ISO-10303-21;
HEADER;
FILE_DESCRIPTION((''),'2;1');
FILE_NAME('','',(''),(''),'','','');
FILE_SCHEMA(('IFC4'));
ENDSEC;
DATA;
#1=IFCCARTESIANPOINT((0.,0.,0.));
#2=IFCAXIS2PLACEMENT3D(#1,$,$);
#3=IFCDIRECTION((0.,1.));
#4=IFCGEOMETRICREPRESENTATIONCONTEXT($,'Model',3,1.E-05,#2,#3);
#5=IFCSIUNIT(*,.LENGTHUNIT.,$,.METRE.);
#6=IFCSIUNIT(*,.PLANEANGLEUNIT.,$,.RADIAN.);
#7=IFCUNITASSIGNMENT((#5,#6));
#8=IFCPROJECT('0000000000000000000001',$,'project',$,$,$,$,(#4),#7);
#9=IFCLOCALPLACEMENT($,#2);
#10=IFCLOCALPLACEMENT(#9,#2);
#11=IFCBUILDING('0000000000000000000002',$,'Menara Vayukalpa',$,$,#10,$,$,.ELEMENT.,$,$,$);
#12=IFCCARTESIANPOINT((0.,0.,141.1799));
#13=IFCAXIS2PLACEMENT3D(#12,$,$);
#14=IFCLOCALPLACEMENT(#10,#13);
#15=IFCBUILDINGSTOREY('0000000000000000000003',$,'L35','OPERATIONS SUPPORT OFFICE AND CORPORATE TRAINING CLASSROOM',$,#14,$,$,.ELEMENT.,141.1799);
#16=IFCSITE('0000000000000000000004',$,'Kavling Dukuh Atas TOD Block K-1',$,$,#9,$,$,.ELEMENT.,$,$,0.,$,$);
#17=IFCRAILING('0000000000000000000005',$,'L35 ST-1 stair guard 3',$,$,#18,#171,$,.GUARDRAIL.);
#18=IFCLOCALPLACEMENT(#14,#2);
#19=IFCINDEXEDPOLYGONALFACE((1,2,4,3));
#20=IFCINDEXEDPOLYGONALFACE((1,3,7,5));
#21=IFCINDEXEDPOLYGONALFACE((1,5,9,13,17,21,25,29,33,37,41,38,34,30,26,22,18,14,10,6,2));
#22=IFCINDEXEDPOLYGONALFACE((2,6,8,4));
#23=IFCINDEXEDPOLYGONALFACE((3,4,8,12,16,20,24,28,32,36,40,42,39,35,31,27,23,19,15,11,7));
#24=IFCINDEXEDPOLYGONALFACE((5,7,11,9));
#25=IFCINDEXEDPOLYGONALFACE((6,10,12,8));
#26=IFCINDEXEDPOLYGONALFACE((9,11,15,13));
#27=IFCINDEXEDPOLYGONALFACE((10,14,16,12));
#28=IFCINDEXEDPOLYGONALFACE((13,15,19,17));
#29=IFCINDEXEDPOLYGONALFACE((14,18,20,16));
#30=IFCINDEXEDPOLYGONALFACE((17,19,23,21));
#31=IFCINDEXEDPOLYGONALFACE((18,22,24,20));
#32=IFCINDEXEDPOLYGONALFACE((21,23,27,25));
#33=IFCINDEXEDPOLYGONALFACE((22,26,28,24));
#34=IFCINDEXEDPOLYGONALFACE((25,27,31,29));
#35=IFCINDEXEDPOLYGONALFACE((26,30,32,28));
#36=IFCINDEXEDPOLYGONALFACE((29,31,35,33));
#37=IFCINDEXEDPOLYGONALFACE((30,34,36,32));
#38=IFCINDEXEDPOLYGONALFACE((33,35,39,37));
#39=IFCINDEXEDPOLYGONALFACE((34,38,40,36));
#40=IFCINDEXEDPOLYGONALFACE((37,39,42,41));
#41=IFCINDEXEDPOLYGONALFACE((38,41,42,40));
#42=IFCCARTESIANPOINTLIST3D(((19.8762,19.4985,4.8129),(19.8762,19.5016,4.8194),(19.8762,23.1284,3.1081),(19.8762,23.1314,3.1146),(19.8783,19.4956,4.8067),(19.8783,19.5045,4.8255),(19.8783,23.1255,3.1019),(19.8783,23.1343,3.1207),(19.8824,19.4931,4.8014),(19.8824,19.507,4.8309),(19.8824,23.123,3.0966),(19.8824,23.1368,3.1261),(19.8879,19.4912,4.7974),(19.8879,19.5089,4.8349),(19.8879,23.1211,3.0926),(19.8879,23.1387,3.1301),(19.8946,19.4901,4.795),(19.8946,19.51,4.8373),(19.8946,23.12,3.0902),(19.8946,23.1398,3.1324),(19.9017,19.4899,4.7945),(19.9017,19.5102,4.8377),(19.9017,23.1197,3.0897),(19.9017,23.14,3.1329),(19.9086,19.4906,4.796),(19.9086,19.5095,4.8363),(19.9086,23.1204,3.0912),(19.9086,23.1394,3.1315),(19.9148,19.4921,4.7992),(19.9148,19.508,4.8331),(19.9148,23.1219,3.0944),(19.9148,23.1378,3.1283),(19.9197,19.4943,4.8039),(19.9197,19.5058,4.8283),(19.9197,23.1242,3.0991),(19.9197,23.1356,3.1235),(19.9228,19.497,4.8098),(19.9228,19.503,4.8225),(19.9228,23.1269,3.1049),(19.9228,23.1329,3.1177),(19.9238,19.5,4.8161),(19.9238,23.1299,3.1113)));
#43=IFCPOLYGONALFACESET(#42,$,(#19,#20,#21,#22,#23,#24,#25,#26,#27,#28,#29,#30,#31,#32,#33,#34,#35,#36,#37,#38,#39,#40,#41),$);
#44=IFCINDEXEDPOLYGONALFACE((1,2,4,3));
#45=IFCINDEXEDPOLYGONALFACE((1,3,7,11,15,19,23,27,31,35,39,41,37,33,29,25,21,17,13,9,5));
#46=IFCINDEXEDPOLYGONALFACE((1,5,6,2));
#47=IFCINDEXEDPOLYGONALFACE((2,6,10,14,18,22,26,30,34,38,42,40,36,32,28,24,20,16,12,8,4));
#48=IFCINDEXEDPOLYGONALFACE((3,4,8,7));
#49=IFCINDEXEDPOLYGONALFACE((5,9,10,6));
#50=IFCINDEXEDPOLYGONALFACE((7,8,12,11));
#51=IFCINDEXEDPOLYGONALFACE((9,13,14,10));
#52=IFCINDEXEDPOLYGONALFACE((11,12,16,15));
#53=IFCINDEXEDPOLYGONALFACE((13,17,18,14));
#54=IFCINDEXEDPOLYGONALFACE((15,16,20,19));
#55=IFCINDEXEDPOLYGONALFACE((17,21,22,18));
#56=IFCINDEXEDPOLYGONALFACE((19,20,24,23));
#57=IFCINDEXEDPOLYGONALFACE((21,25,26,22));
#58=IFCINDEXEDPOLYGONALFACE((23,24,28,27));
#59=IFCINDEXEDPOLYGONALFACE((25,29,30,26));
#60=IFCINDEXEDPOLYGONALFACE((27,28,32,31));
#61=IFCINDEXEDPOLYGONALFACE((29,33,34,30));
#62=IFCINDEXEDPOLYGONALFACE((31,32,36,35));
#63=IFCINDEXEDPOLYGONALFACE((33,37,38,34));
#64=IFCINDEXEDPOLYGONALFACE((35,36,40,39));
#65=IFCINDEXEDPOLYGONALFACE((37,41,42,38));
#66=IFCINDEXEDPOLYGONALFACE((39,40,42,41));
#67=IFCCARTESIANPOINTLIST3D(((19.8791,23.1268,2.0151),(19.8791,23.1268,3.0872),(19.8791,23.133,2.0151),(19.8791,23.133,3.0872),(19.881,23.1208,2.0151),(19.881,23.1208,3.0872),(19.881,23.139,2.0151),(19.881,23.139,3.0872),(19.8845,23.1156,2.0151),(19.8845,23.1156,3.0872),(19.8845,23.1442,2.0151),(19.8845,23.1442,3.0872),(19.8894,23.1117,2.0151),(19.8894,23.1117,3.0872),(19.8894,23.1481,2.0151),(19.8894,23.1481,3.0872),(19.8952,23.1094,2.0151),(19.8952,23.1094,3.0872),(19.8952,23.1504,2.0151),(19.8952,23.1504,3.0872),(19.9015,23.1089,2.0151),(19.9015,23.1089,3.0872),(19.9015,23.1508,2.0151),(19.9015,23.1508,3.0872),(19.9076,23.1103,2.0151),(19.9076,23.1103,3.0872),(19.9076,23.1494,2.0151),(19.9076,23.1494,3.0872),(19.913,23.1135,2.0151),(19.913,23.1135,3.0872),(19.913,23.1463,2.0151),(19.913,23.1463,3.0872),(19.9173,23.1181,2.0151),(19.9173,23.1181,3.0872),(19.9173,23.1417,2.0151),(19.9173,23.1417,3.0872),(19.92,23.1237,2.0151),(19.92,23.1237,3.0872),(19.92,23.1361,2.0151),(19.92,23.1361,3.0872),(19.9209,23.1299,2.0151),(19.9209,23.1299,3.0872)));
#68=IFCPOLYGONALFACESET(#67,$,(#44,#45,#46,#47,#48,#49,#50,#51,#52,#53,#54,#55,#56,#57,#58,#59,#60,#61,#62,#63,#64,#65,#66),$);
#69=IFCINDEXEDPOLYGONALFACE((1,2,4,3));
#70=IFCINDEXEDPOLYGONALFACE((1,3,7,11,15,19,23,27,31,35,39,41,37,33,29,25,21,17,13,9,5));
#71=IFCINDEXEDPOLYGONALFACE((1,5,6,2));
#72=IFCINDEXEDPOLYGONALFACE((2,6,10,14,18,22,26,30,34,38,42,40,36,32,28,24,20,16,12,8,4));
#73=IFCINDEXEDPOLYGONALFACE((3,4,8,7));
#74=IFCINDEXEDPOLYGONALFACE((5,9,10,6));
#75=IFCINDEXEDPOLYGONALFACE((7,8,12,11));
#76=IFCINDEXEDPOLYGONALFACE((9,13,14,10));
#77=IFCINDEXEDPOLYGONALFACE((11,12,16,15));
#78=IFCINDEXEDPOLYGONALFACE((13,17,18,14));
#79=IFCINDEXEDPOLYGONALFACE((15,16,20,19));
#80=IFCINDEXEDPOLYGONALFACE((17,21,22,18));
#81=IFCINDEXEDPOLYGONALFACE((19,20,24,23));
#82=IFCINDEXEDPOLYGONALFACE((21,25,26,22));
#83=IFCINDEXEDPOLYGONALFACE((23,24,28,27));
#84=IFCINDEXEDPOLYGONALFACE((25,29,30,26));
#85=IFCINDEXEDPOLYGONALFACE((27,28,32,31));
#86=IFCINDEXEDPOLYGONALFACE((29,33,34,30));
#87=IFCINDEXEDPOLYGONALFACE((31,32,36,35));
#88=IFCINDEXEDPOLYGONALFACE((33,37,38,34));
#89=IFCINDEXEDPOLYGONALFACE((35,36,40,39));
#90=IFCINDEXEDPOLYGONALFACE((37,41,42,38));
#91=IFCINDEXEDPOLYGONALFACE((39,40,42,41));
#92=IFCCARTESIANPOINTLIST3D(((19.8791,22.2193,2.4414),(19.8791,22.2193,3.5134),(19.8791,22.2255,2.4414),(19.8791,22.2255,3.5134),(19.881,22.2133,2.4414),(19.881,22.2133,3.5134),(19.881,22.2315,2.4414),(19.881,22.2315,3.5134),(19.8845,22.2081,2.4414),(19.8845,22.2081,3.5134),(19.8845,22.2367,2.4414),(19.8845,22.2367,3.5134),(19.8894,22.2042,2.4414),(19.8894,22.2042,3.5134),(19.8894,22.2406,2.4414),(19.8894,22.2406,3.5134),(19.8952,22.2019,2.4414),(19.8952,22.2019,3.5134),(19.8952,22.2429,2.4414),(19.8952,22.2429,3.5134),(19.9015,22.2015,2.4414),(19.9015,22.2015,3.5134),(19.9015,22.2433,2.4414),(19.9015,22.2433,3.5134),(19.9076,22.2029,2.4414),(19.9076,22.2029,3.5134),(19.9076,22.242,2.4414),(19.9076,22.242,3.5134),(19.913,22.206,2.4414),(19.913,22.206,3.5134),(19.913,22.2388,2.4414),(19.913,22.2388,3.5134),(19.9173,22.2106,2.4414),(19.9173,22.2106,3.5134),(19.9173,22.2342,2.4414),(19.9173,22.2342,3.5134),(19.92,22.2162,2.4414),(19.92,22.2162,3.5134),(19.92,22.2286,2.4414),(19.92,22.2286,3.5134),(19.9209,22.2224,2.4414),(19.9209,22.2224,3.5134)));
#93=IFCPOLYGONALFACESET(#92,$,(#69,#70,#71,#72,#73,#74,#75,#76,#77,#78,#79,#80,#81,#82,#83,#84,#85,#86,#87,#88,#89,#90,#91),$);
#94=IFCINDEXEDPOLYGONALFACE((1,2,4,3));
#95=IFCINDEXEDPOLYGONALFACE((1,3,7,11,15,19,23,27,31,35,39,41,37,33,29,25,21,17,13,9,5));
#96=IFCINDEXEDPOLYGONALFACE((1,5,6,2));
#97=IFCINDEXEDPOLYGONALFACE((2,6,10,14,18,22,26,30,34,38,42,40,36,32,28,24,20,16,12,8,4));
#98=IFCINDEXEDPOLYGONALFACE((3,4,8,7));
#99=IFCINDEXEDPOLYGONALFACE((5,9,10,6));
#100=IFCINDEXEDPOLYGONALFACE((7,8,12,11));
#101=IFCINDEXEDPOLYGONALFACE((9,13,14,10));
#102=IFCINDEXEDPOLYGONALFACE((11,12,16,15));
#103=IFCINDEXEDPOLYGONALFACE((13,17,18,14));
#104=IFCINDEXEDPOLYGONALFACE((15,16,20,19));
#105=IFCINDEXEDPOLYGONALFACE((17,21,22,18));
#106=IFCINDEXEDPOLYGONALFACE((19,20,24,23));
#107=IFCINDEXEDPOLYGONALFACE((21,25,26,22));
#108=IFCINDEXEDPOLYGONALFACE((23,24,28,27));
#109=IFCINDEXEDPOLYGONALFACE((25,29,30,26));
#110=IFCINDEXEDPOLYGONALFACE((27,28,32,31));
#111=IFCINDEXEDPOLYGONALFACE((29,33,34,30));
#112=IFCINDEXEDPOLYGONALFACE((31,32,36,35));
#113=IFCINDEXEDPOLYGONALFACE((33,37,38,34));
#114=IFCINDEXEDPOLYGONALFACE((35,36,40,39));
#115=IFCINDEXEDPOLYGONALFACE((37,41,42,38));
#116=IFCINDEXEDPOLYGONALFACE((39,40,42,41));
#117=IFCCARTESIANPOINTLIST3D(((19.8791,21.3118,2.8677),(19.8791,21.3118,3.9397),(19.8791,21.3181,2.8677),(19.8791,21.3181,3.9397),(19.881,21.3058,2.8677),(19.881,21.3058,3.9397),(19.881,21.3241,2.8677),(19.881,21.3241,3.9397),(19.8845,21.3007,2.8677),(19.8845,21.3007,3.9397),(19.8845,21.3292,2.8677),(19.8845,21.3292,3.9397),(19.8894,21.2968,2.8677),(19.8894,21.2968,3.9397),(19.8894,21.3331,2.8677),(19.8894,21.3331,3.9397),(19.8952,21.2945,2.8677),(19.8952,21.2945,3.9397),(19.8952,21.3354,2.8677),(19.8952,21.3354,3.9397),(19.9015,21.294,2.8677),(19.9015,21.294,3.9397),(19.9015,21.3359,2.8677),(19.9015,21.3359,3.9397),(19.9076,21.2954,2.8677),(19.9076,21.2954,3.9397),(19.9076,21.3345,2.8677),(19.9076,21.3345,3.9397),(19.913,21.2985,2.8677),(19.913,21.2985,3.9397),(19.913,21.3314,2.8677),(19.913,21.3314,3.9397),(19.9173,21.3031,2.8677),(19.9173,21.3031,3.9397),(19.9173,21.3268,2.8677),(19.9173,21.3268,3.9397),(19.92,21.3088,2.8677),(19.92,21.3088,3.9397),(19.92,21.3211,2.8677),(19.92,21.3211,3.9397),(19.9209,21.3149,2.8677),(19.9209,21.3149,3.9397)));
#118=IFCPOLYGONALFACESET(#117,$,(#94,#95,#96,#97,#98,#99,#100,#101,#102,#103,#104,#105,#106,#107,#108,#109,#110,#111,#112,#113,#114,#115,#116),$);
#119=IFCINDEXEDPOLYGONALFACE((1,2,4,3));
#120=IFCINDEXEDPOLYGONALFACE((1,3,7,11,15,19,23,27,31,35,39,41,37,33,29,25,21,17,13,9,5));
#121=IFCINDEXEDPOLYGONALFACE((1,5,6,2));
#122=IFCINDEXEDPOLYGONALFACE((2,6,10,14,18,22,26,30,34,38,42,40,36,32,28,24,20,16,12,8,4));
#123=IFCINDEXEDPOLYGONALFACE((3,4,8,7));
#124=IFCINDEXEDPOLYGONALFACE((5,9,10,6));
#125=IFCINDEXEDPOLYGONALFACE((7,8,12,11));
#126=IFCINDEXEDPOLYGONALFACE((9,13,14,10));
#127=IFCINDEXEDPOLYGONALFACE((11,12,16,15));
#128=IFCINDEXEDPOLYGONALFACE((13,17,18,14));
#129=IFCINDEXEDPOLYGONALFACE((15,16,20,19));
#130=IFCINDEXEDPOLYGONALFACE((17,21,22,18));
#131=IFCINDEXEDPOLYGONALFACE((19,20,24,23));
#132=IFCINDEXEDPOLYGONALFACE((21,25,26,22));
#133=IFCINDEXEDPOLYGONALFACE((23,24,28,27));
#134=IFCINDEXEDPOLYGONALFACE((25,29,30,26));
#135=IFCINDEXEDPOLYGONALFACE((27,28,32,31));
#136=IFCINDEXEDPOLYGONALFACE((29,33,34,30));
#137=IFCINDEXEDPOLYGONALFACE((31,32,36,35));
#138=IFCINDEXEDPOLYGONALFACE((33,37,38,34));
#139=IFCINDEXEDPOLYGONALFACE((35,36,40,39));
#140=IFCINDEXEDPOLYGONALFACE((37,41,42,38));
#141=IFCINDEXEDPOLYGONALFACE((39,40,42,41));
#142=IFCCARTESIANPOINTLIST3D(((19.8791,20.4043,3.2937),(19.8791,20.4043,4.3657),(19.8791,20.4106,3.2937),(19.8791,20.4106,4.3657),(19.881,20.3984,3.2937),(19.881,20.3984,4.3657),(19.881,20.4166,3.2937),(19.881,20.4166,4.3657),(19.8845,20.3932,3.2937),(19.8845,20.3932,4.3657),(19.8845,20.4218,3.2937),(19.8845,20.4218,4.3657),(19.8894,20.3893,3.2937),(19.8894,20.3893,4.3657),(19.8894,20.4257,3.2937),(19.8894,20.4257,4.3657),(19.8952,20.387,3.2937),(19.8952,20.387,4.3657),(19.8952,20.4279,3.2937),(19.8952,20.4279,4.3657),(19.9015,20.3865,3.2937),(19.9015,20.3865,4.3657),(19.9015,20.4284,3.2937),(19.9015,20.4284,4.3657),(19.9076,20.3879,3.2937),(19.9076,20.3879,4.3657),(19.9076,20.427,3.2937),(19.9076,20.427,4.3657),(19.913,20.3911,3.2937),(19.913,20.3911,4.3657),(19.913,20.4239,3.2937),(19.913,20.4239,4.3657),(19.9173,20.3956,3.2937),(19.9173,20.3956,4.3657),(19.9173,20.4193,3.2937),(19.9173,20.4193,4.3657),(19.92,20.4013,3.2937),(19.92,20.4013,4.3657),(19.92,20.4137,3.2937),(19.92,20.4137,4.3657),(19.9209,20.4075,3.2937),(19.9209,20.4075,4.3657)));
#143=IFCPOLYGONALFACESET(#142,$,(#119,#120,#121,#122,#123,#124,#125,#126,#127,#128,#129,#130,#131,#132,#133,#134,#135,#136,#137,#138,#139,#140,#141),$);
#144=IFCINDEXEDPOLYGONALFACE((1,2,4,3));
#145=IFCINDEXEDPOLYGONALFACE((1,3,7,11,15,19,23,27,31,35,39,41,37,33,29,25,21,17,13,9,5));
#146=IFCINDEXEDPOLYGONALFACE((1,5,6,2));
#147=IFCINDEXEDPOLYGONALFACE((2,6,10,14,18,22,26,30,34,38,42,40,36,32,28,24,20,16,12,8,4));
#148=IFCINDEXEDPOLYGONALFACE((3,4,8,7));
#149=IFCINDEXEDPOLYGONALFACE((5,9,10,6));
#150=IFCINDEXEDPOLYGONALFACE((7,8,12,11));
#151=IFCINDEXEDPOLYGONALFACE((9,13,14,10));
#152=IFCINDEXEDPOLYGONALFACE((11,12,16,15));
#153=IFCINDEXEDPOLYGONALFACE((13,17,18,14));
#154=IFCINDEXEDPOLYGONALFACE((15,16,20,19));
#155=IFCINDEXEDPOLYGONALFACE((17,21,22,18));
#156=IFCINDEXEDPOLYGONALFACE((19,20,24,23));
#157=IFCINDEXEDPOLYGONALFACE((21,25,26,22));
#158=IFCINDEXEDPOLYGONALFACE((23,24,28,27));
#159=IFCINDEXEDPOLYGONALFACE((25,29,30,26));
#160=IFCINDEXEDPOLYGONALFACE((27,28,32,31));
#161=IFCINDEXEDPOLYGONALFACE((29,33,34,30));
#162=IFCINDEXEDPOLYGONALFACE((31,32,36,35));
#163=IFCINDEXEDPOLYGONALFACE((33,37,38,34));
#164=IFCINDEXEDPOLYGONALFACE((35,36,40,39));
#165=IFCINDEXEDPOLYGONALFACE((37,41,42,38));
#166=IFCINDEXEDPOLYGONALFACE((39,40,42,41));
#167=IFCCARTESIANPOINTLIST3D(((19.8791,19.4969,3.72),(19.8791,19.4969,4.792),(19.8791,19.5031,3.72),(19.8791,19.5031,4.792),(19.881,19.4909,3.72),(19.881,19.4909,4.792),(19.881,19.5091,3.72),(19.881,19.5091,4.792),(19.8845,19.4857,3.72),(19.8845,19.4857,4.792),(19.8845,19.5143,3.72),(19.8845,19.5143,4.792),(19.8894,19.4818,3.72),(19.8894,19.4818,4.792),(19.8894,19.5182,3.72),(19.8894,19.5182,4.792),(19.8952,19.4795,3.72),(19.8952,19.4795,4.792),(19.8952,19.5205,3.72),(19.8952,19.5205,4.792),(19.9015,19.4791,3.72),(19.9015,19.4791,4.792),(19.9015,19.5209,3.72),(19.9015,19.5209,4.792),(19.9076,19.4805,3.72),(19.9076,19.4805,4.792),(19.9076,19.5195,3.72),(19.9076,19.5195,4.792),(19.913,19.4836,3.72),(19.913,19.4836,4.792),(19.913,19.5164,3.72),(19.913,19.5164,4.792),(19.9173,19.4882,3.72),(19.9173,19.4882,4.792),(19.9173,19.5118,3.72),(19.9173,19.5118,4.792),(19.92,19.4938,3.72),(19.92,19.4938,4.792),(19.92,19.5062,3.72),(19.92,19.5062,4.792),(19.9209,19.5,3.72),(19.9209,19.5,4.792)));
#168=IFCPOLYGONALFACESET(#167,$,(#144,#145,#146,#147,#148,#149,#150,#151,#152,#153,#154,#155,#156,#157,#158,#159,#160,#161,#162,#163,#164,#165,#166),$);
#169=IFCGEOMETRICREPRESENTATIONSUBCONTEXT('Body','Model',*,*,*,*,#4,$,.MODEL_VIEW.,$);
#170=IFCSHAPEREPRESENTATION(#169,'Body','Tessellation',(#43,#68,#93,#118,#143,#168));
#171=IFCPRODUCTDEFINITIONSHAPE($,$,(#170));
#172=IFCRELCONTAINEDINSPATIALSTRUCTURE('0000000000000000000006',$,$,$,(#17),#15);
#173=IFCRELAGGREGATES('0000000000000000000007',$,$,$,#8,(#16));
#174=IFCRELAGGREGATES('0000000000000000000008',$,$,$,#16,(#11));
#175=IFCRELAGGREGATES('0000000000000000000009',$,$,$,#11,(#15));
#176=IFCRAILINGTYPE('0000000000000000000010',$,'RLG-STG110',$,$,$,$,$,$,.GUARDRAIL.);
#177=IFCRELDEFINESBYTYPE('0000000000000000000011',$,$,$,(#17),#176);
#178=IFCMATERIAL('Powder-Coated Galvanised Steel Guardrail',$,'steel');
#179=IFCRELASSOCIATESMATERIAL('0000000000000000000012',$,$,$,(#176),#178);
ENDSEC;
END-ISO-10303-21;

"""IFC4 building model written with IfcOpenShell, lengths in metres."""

from ifc_helpers import new_model, si_unit, direction, frame, origin, origin_2d, place, context, subcontext, project, spatial, circle, extrude, material, type_object, element, save


model = new_model("IFC4")

# Units and contexts
model_context = context("Model", 3, precision=1e-05, world=origin(), true_north=direction((0.0, 1.0)))
body_context = subcontext(model_context, "Body", "Model", "MODEL_VIEW")
ifc_project = project(units=[si_unit("LENGTHUNIT", "METRE"), si_unit("PLANEANGLEUNIT", "RADIAN")], contexts=[model_context])

# Site, building, storey
site_placement = place(None, origin())
site = spatial("IfcSite", under=ifc_project, at=site_placement, Name="Kavling Dukuh Atas TOD Block K-1", CompositionType="ELEMENT", RefElevation=0.0)
building_placement = place(site_placement, origin())
building = spatial("IfcBuilding", under=site, at=building_placement, Name="Menara Vayukalpa", CompositionType="ELEMENT")
storey_placement = place(building_placement, frame((0.0, 0.0, 141.1799)))
storey = spatial("IfcBuildingStorey", under=building, at=storey_placement, Name="L35", Description="OPERATIONS SUPPORT OFFICE AND CORPORATE TRAINING CLASSROOM", CompositionType="ELEMENT", Elevation=141.1799)

# Railing
ifc_material_1 = material(Name="Powder-Coated Galvanised Steel Guardrail", Category="steel")
railing_type_1 = type_object("IfcRailingType", Name="RLG-STG110", PredefinedType="GUARDRAIL", material=ifc_material_1)
railing_1_placement = place(storey_placement, frame((19.8999, 23.1299, 2.0151)))
element("IfcRailing", 1, at=railing_1_placement, inside=storey, type_object=railing_type_1, Name="L35 ST-1 stair guard 3", PredefinedType="GUARDRAIL", context=body_context, shape_type="SweptSolid", body=[
    extrude(circle(Radius=0.0239, at=origin_2d()), frame((0.0, 0.0, 1.0962), z_axis=(0.0, -0.90514, 0.425114), x_axis=(1.0, 0.0, 0.0)), (0.0, 0.0, 1.0), 4.0103),
    extrude(circle(Radius=0.021, at=origin_2d()), origin(), (0.0, 0.0, 1.0), 1.072),
    extrude(circle(Radius=0.021, at=origin_2d()), frame((0.0, -0.9075, 0.4263)), (0.0, 0.0, 1.0), 1.072),
    extrude(circle(Radius=0.021, at=origin_2d()), frame((0.0, -1.8149, 0.8525)), (0.0, 0.0, 1.0), 1.072),
    extrude(circle(Radius=0.021, at=origin_2d()), frame((0.0, -2.7224, 1.2786)), (0.0, 0.0, 1.0), 1.072),
    extrude(circle(Radius=0.021, at=origin_2d()), frame((0.0, -3.6299, 1.7048)), (0.0, 0.0, 1.0), 1.072),
])

save(model, "model.ifc")
